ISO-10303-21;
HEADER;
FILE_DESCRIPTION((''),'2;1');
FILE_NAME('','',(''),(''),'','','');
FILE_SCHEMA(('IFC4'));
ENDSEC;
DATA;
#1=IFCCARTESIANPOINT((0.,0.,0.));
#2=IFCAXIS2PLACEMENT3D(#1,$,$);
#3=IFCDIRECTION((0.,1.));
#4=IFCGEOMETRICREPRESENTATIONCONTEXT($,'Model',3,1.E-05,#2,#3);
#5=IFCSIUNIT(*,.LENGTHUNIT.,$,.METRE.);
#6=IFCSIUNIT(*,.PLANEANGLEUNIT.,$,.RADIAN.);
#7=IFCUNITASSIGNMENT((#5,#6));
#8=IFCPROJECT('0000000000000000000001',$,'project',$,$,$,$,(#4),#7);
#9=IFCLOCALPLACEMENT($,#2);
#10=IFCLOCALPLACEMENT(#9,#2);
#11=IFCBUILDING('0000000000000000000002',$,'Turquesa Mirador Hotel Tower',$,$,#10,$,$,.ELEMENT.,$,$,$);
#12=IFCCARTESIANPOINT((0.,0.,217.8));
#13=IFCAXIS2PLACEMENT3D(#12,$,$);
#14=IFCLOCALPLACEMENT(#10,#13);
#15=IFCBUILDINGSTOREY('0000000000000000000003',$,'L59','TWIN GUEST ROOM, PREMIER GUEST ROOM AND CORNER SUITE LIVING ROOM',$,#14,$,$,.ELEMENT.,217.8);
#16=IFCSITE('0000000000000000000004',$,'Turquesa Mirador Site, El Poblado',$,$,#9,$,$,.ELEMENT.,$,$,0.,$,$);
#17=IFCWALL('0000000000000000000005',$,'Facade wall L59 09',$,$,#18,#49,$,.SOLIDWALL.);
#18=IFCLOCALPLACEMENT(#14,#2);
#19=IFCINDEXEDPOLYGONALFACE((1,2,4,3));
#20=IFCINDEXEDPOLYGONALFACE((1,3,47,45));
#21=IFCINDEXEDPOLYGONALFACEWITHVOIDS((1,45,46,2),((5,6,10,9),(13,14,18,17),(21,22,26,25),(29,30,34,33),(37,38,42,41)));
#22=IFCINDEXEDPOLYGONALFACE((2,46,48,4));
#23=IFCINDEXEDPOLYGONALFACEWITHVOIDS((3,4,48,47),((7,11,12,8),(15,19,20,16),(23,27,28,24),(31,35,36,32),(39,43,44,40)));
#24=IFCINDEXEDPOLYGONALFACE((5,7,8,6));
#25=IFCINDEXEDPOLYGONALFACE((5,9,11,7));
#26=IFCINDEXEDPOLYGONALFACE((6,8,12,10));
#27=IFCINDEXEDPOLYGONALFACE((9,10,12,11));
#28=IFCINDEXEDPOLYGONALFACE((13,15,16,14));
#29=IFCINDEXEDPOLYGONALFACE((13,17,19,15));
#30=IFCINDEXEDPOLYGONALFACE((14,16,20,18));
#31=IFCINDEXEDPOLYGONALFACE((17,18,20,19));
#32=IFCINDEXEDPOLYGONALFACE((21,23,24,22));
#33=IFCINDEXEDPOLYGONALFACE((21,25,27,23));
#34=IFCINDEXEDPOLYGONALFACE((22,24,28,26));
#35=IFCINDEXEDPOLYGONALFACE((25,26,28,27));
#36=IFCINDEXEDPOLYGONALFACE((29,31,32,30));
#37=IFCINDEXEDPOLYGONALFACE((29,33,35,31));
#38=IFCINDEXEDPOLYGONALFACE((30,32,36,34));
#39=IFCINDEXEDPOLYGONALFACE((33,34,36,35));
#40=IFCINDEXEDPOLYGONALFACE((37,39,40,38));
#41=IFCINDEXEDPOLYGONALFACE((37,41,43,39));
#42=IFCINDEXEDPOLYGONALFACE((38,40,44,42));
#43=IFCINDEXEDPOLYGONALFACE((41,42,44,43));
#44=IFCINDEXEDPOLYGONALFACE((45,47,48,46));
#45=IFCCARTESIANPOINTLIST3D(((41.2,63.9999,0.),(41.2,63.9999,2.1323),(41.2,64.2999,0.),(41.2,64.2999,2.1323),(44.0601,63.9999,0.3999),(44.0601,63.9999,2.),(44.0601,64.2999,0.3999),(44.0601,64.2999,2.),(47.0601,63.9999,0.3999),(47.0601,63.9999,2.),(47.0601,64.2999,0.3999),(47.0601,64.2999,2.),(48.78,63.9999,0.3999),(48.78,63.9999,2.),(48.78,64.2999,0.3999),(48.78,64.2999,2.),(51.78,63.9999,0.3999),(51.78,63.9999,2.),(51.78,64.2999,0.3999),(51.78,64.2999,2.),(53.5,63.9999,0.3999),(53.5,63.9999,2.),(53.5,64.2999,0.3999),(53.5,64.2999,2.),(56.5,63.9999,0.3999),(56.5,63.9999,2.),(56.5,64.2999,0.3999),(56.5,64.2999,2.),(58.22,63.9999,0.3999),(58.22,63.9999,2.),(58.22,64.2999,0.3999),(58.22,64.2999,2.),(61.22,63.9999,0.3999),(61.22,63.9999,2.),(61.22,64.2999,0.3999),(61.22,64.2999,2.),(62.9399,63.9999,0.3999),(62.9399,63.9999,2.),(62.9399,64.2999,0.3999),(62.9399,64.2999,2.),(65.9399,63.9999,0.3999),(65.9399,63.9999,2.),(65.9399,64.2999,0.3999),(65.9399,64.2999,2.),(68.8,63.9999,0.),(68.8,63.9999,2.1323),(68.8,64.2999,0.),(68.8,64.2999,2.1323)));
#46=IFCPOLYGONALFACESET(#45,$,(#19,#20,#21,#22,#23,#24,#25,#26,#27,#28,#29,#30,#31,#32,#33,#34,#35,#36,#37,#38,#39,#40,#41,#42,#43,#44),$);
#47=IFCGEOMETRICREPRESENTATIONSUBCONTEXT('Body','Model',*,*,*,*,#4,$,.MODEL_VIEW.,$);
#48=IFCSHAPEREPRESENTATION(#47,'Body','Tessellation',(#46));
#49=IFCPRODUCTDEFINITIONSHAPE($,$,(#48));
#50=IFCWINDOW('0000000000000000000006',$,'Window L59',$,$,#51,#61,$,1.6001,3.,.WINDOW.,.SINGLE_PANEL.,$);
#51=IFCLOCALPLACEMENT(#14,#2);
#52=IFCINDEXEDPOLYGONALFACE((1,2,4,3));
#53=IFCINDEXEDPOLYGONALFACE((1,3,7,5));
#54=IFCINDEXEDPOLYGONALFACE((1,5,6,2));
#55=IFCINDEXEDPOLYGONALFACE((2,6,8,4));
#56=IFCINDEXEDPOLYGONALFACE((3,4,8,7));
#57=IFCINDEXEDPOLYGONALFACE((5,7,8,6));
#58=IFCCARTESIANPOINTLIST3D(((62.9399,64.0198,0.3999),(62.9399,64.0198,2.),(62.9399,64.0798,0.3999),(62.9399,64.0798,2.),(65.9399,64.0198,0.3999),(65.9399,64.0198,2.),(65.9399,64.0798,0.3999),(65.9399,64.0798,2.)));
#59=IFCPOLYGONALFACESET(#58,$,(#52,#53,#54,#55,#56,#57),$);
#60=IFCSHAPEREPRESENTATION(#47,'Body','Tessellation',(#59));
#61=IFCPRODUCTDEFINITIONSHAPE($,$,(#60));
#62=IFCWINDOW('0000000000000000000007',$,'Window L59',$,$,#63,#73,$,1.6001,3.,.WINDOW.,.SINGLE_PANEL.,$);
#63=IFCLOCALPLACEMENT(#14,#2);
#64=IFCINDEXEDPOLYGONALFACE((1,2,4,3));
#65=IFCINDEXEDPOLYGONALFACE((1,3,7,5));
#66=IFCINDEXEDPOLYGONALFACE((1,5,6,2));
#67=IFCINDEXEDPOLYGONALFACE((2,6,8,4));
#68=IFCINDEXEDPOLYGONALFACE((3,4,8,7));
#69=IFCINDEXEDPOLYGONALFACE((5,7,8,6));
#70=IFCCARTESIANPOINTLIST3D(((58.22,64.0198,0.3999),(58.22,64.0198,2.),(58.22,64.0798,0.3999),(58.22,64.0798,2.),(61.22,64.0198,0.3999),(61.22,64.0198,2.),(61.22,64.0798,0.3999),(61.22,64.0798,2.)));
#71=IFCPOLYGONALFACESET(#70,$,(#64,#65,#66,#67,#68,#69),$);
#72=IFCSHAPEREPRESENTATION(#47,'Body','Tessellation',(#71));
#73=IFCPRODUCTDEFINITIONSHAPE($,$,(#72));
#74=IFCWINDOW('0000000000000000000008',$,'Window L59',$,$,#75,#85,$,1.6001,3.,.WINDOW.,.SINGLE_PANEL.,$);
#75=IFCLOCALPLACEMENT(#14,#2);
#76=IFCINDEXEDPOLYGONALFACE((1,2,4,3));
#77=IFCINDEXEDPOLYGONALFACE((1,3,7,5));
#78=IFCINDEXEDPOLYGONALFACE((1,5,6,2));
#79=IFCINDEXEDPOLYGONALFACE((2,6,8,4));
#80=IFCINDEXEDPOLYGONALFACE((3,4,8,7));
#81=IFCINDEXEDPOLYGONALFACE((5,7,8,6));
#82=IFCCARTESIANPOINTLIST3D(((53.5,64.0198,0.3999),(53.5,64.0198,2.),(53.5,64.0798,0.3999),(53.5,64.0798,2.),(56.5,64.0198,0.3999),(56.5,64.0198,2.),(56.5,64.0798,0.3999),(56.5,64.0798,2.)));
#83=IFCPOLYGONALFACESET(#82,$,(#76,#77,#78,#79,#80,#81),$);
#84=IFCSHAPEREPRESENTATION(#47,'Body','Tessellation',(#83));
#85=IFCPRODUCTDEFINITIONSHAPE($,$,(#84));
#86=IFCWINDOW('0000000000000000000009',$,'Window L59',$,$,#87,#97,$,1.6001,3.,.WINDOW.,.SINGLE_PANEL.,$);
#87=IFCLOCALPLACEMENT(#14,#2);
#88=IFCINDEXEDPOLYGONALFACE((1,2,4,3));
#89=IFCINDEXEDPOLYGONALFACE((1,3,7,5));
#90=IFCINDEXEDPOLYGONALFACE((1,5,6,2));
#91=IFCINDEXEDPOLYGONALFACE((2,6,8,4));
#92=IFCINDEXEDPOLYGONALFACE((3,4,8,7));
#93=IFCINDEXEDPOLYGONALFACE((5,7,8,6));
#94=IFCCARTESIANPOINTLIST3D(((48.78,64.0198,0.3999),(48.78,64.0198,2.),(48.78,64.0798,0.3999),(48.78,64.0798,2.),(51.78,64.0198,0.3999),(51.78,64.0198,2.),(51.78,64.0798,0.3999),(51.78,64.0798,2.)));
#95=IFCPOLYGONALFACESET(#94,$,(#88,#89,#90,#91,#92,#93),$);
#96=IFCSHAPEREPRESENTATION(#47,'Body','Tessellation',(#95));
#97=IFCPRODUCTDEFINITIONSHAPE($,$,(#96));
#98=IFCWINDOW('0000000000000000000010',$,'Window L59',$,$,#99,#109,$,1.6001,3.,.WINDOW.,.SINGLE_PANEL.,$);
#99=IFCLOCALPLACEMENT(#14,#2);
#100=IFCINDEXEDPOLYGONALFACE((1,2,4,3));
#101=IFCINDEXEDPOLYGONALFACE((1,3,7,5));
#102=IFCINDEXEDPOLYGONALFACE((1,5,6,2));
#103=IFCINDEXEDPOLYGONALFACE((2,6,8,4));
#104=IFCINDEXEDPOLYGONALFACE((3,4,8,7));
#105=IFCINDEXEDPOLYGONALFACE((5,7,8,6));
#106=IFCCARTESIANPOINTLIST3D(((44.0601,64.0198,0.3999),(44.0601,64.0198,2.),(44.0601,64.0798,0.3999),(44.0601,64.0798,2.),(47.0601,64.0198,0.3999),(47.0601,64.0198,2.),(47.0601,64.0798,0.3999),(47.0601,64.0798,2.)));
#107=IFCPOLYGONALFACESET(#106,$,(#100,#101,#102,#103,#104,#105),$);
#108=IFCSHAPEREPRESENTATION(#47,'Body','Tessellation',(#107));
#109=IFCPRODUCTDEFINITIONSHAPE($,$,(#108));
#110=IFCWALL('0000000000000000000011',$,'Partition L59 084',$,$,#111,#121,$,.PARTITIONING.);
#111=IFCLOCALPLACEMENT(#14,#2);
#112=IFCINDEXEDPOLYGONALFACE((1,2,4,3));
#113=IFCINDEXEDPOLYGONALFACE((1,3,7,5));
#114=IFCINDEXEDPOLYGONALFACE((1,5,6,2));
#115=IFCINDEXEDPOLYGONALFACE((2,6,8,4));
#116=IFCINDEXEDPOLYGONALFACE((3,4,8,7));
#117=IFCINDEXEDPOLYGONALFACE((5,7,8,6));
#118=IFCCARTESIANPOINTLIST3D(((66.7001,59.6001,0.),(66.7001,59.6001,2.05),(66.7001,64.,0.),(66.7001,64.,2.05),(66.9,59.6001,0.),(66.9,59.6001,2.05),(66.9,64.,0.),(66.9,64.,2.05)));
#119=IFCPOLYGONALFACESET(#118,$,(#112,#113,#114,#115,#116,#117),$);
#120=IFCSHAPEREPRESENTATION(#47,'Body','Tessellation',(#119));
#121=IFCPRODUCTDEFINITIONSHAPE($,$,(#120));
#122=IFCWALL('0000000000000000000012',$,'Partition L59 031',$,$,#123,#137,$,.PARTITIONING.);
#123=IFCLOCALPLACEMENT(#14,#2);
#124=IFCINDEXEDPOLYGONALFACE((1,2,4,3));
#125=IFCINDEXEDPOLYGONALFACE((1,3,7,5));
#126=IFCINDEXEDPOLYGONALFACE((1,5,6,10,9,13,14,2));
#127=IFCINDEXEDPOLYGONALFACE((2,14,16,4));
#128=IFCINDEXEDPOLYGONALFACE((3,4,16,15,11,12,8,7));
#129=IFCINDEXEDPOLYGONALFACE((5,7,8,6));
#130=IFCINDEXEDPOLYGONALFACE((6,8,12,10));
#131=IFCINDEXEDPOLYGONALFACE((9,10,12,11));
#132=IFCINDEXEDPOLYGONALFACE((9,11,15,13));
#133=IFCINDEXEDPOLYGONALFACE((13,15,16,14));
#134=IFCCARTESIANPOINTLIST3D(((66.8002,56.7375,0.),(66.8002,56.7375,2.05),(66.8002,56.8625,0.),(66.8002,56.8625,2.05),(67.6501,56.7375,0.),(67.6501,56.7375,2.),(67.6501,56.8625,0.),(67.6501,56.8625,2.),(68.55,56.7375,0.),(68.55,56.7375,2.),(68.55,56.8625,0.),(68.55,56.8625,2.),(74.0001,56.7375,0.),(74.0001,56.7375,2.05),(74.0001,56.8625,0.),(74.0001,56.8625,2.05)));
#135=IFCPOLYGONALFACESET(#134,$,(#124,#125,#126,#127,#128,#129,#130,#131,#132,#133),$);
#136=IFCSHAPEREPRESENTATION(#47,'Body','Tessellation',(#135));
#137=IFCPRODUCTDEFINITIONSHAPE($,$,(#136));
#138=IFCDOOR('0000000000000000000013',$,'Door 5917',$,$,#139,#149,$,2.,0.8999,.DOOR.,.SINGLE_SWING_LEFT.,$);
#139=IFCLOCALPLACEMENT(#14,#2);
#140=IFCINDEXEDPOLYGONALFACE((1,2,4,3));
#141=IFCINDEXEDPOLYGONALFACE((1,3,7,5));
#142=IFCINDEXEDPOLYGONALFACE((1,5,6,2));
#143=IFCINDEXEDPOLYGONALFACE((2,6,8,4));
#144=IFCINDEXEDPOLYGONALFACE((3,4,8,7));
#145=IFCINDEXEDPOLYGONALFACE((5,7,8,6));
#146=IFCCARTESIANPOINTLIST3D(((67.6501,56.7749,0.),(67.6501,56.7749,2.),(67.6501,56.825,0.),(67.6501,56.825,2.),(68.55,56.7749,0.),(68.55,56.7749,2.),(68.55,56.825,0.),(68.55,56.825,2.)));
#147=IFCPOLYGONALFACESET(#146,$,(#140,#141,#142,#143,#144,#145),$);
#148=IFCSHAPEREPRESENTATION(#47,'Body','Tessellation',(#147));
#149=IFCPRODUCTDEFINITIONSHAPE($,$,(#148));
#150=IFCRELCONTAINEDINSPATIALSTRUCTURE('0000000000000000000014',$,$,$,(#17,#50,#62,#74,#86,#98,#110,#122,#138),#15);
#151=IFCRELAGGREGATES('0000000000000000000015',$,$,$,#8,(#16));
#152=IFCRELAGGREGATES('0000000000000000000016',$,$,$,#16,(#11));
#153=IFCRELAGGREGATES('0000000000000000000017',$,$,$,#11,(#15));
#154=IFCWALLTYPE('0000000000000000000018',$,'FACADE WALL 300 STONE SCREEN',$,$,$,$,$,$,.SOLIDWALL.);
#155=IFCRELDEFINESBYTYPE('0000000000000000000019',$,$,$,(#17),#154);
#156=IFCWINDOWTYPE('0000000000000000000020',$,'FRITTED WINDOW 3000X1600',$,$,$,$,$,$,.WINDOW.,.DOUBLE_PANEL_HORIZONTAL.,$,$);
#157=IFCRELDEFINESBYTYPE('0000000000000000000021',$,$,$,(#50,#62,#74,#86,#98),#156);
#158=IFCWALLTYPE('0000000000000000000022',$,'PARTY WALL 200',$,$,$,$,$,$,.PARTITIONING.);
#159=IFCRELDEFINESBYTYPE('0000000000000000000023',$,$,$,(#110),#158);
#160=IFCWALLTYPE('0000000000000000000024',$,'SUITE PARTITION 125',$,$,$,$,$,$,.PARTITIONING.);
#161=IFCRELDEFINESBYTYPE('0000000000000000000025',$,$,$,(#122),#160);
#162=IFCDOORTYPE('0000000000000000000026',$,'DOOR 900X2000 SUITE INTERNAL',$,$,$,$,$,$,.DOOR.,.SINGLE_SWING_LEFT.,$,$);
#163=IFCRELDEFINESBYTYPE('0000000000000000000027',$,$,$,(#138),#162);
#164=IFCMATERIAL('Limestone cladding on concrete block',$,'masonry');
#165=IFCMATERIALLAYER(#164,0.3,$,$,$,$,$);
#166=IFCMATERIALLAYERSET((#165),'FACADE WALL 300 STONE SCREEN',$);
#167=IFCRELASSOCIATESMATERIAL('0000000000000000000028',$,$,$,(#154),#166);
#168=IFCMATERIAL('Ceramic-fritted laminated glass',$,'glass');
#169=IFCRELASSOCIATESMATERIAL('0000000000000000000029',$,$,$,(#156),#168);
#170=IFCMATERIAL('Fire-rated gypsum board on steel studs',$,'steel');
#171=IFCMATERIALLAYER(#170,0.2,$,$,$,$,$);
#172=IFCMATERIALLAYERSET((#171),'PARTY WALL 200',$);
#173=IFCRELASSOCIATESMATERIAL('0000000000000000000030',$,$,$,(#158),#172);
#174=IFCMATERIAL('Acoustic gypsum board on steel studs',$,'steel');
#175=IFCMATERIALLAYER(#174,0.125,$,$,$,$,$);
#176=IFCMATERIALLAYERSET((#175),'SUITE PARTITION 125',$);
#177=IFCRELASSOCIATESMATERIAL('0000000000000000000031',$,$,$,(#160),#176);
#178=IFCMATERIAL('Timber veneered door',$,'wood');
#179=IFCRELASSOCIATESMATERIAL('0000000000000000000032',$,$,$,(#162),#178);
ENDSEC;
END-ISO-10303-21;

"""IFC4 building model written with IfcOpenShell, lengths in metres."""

from ifc_helpers import new_model, si_unit, direction, frame, frame_2d, origin, place, context, subcontext, project, spatial, rectangle, extrude, material, layer, layer_set, type_object, element, fill, save


model = new_model("IFC4")

# Units and contexts
model_context = context("Model", 3, precision=1e-05, world=origin(), true_north=direction((0.0, 1.0)))
body_context = subcontext(model_context, "Body", "Model", "MODEL_VIEW")
ifc_project = project(units=[si_unit("LENGTHUNIT", "METRE"), si_unit("PLANEANGLEUNIT", "RADIAN")], contexts=[model_context])

# Site, building, storey
site_placement = place(None, origin())
site = spatial("IfcSite", under=ifc_project, at=site_placement, Name="Turquesa Mirador Site, El Poblado", CompositionType="ELEMENT", RefElevation=0.0)
building_placement = place(site_placement, origin())
building = spatial("IfcBuilding", under=site, at=building_placement, Name="Turquesa Mirador Hotel Tower", CompositionType="ELEMENT")
storey_placement = place(building_placement, frame((0.0, 0.0, 217.8)))
storey = spatial("IfcBuildingStorey", under=building, at=storey_placement, Name="L59", Description="TWIN GUEST ROOM, PREMIER GUEST ROOM AND CORNER SUITE LIVING ROOM", CompositionType="ELEMENT", Elevation=217.8)

# Shared definitions
ifc_material_1 = material(Name="Limestone cladding on concrete block", Category="masonry")
ifc_layer_1 = layer(ifc_material_1, 0.3)
ifc_layer_set_1 = layer_set([ifc_layer_1], Name="FACADE WALL 300 STONE SCREEN")
wall_type_1 = type_object("IfcWallType", Name="FACADE WALL 300 STONE SCREEN", PredefinedType="SOLIDWALL", material=ifc_layer_set_1)

# Wall, openings, windows
wall_1_placement = place(storey_placement, frame((68.8, 64.1499, 0.0), z_axis=(0.0, 0.0, 1.0), x_axis=(-1.0, 0.0, 0.0)))
wall_1 = element("IfcWall", 1, at=wall_1_placement, inside=storey, type_object=wall_type_1, Name="Facade wall L59 09", PredefinedType="SOLIDWALL", context=body_context, shape_type="SweptSolid", body=[
    extrude(rectangle(XDim=27.6001, YDim=0.3, at=frame_2d((13.8, 0.0))), origin(), (0.0, 0.0, 1.0), 2.1323),
])
opening_1_placement = place(wall_1_placement, frame((2.8601, 0.0, 0.3999)))
opening_1 = element("IfcOpeningElement", 2, at=opening_1_placement, cuts=wall_1, PredefinedType="OPENING", context=body_context, shape_type="SweptSolid", body=[
    extrude(rectangle(XDim=3.0, YDim=1.6001, at=frame_2d((1.5, 0.8))), frame((0.0, 0.1599, 0.0), z_axis=(0.0, -1.0, 0.0), x_axis=(1.0, 0.0, 0.0)), (0.0, 0.0, 1.0), 0.3201),
])
opening_2_placement = place(wall_1_placement, frame((7.5801, 0.0, 0.3999)))
opening_2 = element("IfcOpeningElement", 3, at=opening_2_placement, cuts=wall_1, PredefinedType="OPENING", context=body_context, shape_type="SweptSolid", body=[
    extrude(rectangle(XDim=3.0, YDim=1.6001, at=frame_2d((1.5, 0.8))), frame((0.0, 0.1599, 0.0), z_axis=(0.0, -1.0, 0.0), x_axis=(1.0, 0.0, 0.0)), (0.0, 0.0, 1.0), 0.3201),
])
opening_3_placement = place(wall_1_placement, frame((12.3, 0.0, 0.3999)))
opening_3 = element("IfcOpeningElement", 4, at=opening_3_placement, cuts=wall_1, PredefinedType="OPENING", context=body_context, shape_type="SweptSolid", body=[
    extrude(rectangle(XDim=3.0, YDim=1.6001, at=frame_2d((1.5, 0.8))), frame((0.0, 0.1599, 0.0), z_axis=(0.0, -1.0, 0.0), x_axis=(1.0, 0.0, 0.0)), (0.0, 0.0, 1.0), 0.3201),
])
opening_4_placement = place(wall_1_placement, frame((17.02, 0.0, 0.3999)))
opening_4 = element("IfcOpeningElement", 5, at=opening_4_placement, cuts=wall_1, PredefinedType="OPENING", context=body_context, shape_type="SweptSolid", body=[
    extrude(rectangle(XDim=3.0, YDim=1.6001, at=frame_2d((1.5, 0.8))), frame((0.0, 0.1599, 0.0), z_axis=(0.0, -1.0, 0.0), x_axis=(1.0, 0.0, 0.0)), (0.0, 0.0, 1.0), 0.3201),
])
opening_5_placement = place(wall_1_placement, frame((21.74, 0.0, 0.3999)))
opening_5 = element("IfcOpeningElement", 6, at=opening_5_placement, cuts=wall_1, PredefinedType="OPENING", context=body_context, shape_type="SweptSolid", body=[
    extrude(rectangle(XDim=3.0, YDim=1.6001, at=frame_2d((1.5, 0.8))), frame((0.0, 0.1599, 0.0), z_axis=(0.0, -1.0, 0.0), x_axis=(1.0, 0.0, 0.0)), (0.0, 0.0, 1.0), 0.3201),
])
ifc_material_2 = material(Name="Ceramic-fritted laminated glass", Category="glass")
window_type_1 = type_object("IfcWindowType", Name="FRITTED WINDOW 3000X1600", PartitioningType="DOUBLE_PANEL_HORIZONTAL", PredefinedType="WINDOW", material=ifc_material_2)
window_1_placement = place(opening_1_placement, origin())
window_1 = element("IfcWindow", 7, at=window_1_placement, inside=storey, type_object=window_type_1, Name="Window L59", OverallHeight=1.6001, OverallWidth=3.0, PartitioningType="SINGLE_PANEL", PredefinedType="WINDOW", context=body_context, shape_type="SweptSolid", body=[
    extrude(rectangle(XDim=3.0, YDim=1.6001, at=frame_2d((1.5, 0.8))), frame((0.0, 0.1301, 0.0), z_axis=(0.0, -1.0, 0.0), x_axis=(1.0, 0.0, 0.0)), (0.0, 0.0, 1.0), 0.0601),
])
fill(opening_1, window_1)
window_2_placement = place(opening_2_placement, origin())
window_2 = element("IfcWindow", 8, at=window_2_placement, inside=storey, type_object=window_type_1, Name="Window L59", OverallHeight=1.6001, OverallWidth=3.0, PartitioningType="SINGLE_PANEL", PredefinedType="WINDOW", context=body_context, shape_type="SweptSolid", body=[
    extrude(rectangle(XDim=3.0, YDim=1.6001, at=frame_2d((1.5, 0.8))), frame((0.0, 0.1301, 0.0), z_axis=(0.0, -1.0, 0.0), x_axis=(1.0, 0.0, 0.0)), (0.0, 0.0, 1.0), 0.0601),
])
fill(opening_2, window_2)
window_3_placement = place(opening_3_placement, origin())
window_3 = element("IfcWindow", 9, at=window_3_placement, inside=storey, type_object=window_type_1, Name="Window L59", OverallHeight=1.6001, OverallWidth=3.0, PartitioningType="SINGLE_PANEL", PredefinedType="WINDOW", context=body_context, shape_type="SweptSolid", body=[
    extrude(rectangle(XDim=3.0, YDim=1.6001, at=frame_2d((1.5, 0.8))), frame((0.0, 0.1301, 0.0), z_axis=(0.0, -1.0, 0.0), x_axis=(1.0, 0.0, 0.0)), (0.0, 0.0, 1.0), 0.0601),
])
fill(opening_3, window_3)
window_4_placement = place(opening_4_placement, origin())
window_4 = element("IfcWindow", 10, at=window_4_placement, inside=storey, type_object=window_type_1, Name="Window L59", OverallHeight=1.6001, OverallWidth=3.0, PartitioningType="SINGLE_PANEL", PredefinedType="WINDOW", context=body_context, shape_type="SweptSolid", body=[
    extrude(rectangle(XDim=3.0, YDim=1.6001, at=frame_2d((1.5, 0.8))), frame((0.0, 0.1301, 0.0), z_axis=(0.0, -1.0, 0.0), x_axis=(1.0, 0.0, 0.0)), (0.0, 0.0, 1.0), 0.0601),
])
fill(opening_4, window_4)
window_5_placement = place(opening_5_placement, origin())
window_5 = element("IfcWindow", 11, at=window_5_placement, inside=storey, type_object=window_type_1, Name="Window L59", OverallHeight=1.6001, OverallWidth=3.0, PartitioningType="SINGLE_PANEL", PredefinedType="WINDOW", context=body_context, shape_type="SweptSolid", body=[
    extrude(rectangle(XDim=3.0, YDim=1.6001, at=frame_2d((1.5, 0.8))), frame((0.0, 0.1301, 0.0), z_axis=(0.0, -1.0, 0.0), x_axis=(1.0, 0.0, 0.0)), (0.0, 0.0, 1.0), 0.0601),
])
fill(opening_5, window_5)

# Wall
ifc_material_3 = material(Name="Fire-rated gypsum board on steel studs", Category="steel")
ifc_layer_2 = layer(ifc_material_3, 0.2)
ifc_layer_set_2 = layer_set([ifc_layer_2], Name="PARTY WALL 200")
wall_type_2 = type_object("IfcWallType", Name="PARTY WALL 200", PredefinedType="PARTITIONING", material=ifc_layer_set_2)
wall_2_placement = place(storey_placement, frame((66.8, 59.6001, 0.0), z_axis=(0.0, 0.0, 1.0), x_axis=(0.0, 1.0, 0.0)))
element("IfcWall", 12, at=wall_2_placement, inside=storey, type_object=wall_type_2, Name="Partition L59 084", PredefinedType="PARTITIONING", context=body_context, shape_type="SweptSolid", body=[
    extrude(rectangle(XDim=4.3999, YDim=0.2, at=frame_2d((2.2, 0.0))), origin(), (0.0, 0.0, 1.0), 2.05),
])

# Wall, opening, door
ifc_material_4 = material(Name="Acoustic gypsum board on steel studs", Category="steel")
ifc_layer_3 = layer(ifc_material_4, 0.125)
ifc_layer_set_3 = layer_set([ifc_layer_3], Name="SUITE PARTITION 125")
wall_type_3 = type_object("IfcWallType", Name="SUITE PARTITION 125", PredefinedType="PARTITIONING", material=ifc_layer_set_3)
wall_3_placement = place(storey_placement, frame((66.8, 56.8, 0.0), z_axis=(0.0, 0.0, 1.0), x_axis=(1.0, 0.0, 0.0)))
wall_3 = element("IfcWall", 13, at=wall_3_placement, inside=storey, type_object=wall_type_3, Name="Partition L59 031", PredefinedType="PARTITIONING", context=body_context, shape_type="SweptSolid", body=[
    extrude(rectangle(XDim=7.2, YDim=0.125, at=frame_2d((3.6001, 0.0))), origin(), (0.0, 0.0, 1.0), 2.05),
])
opening_6_placement = place(wall_3_placement, frame((0.8501, 0.0, 0.0)))
opening_6 = element("IfcOpeningElement", 14, at=opening_6_placement, cuts=wall_3, PredefinedType="OPENING", context=body_context, shape_type="SweptSolid", body=[
    extrude(rectangle(XDim=0.8999, YDim=2.0, at=frame_2d((0.45, 1.0))), frame((0.0, 0.0725, 0.0), z_axis=(0.0, -1.0, 0.0), x_axis=(1.0, 0.0, 0.0)), (0.0, 0.0, 1.0), 0.145),
])
ifc_material_5 = material(Name="Timber veneered door", Category="wood")
door_type = type_object("IfcDoorType", Name="DOOR 900X2000 SUITE INTERNAL", OperationType="SINGLE_SWING_LEFT", PredefinedType="DOOR", material=ifc_material_5)
door_placement = place(opening_6_placement, origin())
door = element("IfcDoor", 15, at=door_placement, inside=storey, type_object=door_type, Name="Door 5917", OperationType="SINGLE_SWING_LEFT", OverallHeight=2.0, OverallWidth=0.8999, PredefinedType="DOOR", context=body_context, shape_type="SweptSolid", body=[
    extrude(rectangle(XDim=0.8999, YDim=2.0, at=frame_2d((0.45, 1.0))), frame((0.0, 0.0249, 0.0), z_axis=(0.0, -1.0, 0.0), x_axis=(1.0, 0.0, 0.0)), (0.0, 0.0, 1.0), 0.05),
])
fill(opening_6, door)

save(model, "model.ifc")
